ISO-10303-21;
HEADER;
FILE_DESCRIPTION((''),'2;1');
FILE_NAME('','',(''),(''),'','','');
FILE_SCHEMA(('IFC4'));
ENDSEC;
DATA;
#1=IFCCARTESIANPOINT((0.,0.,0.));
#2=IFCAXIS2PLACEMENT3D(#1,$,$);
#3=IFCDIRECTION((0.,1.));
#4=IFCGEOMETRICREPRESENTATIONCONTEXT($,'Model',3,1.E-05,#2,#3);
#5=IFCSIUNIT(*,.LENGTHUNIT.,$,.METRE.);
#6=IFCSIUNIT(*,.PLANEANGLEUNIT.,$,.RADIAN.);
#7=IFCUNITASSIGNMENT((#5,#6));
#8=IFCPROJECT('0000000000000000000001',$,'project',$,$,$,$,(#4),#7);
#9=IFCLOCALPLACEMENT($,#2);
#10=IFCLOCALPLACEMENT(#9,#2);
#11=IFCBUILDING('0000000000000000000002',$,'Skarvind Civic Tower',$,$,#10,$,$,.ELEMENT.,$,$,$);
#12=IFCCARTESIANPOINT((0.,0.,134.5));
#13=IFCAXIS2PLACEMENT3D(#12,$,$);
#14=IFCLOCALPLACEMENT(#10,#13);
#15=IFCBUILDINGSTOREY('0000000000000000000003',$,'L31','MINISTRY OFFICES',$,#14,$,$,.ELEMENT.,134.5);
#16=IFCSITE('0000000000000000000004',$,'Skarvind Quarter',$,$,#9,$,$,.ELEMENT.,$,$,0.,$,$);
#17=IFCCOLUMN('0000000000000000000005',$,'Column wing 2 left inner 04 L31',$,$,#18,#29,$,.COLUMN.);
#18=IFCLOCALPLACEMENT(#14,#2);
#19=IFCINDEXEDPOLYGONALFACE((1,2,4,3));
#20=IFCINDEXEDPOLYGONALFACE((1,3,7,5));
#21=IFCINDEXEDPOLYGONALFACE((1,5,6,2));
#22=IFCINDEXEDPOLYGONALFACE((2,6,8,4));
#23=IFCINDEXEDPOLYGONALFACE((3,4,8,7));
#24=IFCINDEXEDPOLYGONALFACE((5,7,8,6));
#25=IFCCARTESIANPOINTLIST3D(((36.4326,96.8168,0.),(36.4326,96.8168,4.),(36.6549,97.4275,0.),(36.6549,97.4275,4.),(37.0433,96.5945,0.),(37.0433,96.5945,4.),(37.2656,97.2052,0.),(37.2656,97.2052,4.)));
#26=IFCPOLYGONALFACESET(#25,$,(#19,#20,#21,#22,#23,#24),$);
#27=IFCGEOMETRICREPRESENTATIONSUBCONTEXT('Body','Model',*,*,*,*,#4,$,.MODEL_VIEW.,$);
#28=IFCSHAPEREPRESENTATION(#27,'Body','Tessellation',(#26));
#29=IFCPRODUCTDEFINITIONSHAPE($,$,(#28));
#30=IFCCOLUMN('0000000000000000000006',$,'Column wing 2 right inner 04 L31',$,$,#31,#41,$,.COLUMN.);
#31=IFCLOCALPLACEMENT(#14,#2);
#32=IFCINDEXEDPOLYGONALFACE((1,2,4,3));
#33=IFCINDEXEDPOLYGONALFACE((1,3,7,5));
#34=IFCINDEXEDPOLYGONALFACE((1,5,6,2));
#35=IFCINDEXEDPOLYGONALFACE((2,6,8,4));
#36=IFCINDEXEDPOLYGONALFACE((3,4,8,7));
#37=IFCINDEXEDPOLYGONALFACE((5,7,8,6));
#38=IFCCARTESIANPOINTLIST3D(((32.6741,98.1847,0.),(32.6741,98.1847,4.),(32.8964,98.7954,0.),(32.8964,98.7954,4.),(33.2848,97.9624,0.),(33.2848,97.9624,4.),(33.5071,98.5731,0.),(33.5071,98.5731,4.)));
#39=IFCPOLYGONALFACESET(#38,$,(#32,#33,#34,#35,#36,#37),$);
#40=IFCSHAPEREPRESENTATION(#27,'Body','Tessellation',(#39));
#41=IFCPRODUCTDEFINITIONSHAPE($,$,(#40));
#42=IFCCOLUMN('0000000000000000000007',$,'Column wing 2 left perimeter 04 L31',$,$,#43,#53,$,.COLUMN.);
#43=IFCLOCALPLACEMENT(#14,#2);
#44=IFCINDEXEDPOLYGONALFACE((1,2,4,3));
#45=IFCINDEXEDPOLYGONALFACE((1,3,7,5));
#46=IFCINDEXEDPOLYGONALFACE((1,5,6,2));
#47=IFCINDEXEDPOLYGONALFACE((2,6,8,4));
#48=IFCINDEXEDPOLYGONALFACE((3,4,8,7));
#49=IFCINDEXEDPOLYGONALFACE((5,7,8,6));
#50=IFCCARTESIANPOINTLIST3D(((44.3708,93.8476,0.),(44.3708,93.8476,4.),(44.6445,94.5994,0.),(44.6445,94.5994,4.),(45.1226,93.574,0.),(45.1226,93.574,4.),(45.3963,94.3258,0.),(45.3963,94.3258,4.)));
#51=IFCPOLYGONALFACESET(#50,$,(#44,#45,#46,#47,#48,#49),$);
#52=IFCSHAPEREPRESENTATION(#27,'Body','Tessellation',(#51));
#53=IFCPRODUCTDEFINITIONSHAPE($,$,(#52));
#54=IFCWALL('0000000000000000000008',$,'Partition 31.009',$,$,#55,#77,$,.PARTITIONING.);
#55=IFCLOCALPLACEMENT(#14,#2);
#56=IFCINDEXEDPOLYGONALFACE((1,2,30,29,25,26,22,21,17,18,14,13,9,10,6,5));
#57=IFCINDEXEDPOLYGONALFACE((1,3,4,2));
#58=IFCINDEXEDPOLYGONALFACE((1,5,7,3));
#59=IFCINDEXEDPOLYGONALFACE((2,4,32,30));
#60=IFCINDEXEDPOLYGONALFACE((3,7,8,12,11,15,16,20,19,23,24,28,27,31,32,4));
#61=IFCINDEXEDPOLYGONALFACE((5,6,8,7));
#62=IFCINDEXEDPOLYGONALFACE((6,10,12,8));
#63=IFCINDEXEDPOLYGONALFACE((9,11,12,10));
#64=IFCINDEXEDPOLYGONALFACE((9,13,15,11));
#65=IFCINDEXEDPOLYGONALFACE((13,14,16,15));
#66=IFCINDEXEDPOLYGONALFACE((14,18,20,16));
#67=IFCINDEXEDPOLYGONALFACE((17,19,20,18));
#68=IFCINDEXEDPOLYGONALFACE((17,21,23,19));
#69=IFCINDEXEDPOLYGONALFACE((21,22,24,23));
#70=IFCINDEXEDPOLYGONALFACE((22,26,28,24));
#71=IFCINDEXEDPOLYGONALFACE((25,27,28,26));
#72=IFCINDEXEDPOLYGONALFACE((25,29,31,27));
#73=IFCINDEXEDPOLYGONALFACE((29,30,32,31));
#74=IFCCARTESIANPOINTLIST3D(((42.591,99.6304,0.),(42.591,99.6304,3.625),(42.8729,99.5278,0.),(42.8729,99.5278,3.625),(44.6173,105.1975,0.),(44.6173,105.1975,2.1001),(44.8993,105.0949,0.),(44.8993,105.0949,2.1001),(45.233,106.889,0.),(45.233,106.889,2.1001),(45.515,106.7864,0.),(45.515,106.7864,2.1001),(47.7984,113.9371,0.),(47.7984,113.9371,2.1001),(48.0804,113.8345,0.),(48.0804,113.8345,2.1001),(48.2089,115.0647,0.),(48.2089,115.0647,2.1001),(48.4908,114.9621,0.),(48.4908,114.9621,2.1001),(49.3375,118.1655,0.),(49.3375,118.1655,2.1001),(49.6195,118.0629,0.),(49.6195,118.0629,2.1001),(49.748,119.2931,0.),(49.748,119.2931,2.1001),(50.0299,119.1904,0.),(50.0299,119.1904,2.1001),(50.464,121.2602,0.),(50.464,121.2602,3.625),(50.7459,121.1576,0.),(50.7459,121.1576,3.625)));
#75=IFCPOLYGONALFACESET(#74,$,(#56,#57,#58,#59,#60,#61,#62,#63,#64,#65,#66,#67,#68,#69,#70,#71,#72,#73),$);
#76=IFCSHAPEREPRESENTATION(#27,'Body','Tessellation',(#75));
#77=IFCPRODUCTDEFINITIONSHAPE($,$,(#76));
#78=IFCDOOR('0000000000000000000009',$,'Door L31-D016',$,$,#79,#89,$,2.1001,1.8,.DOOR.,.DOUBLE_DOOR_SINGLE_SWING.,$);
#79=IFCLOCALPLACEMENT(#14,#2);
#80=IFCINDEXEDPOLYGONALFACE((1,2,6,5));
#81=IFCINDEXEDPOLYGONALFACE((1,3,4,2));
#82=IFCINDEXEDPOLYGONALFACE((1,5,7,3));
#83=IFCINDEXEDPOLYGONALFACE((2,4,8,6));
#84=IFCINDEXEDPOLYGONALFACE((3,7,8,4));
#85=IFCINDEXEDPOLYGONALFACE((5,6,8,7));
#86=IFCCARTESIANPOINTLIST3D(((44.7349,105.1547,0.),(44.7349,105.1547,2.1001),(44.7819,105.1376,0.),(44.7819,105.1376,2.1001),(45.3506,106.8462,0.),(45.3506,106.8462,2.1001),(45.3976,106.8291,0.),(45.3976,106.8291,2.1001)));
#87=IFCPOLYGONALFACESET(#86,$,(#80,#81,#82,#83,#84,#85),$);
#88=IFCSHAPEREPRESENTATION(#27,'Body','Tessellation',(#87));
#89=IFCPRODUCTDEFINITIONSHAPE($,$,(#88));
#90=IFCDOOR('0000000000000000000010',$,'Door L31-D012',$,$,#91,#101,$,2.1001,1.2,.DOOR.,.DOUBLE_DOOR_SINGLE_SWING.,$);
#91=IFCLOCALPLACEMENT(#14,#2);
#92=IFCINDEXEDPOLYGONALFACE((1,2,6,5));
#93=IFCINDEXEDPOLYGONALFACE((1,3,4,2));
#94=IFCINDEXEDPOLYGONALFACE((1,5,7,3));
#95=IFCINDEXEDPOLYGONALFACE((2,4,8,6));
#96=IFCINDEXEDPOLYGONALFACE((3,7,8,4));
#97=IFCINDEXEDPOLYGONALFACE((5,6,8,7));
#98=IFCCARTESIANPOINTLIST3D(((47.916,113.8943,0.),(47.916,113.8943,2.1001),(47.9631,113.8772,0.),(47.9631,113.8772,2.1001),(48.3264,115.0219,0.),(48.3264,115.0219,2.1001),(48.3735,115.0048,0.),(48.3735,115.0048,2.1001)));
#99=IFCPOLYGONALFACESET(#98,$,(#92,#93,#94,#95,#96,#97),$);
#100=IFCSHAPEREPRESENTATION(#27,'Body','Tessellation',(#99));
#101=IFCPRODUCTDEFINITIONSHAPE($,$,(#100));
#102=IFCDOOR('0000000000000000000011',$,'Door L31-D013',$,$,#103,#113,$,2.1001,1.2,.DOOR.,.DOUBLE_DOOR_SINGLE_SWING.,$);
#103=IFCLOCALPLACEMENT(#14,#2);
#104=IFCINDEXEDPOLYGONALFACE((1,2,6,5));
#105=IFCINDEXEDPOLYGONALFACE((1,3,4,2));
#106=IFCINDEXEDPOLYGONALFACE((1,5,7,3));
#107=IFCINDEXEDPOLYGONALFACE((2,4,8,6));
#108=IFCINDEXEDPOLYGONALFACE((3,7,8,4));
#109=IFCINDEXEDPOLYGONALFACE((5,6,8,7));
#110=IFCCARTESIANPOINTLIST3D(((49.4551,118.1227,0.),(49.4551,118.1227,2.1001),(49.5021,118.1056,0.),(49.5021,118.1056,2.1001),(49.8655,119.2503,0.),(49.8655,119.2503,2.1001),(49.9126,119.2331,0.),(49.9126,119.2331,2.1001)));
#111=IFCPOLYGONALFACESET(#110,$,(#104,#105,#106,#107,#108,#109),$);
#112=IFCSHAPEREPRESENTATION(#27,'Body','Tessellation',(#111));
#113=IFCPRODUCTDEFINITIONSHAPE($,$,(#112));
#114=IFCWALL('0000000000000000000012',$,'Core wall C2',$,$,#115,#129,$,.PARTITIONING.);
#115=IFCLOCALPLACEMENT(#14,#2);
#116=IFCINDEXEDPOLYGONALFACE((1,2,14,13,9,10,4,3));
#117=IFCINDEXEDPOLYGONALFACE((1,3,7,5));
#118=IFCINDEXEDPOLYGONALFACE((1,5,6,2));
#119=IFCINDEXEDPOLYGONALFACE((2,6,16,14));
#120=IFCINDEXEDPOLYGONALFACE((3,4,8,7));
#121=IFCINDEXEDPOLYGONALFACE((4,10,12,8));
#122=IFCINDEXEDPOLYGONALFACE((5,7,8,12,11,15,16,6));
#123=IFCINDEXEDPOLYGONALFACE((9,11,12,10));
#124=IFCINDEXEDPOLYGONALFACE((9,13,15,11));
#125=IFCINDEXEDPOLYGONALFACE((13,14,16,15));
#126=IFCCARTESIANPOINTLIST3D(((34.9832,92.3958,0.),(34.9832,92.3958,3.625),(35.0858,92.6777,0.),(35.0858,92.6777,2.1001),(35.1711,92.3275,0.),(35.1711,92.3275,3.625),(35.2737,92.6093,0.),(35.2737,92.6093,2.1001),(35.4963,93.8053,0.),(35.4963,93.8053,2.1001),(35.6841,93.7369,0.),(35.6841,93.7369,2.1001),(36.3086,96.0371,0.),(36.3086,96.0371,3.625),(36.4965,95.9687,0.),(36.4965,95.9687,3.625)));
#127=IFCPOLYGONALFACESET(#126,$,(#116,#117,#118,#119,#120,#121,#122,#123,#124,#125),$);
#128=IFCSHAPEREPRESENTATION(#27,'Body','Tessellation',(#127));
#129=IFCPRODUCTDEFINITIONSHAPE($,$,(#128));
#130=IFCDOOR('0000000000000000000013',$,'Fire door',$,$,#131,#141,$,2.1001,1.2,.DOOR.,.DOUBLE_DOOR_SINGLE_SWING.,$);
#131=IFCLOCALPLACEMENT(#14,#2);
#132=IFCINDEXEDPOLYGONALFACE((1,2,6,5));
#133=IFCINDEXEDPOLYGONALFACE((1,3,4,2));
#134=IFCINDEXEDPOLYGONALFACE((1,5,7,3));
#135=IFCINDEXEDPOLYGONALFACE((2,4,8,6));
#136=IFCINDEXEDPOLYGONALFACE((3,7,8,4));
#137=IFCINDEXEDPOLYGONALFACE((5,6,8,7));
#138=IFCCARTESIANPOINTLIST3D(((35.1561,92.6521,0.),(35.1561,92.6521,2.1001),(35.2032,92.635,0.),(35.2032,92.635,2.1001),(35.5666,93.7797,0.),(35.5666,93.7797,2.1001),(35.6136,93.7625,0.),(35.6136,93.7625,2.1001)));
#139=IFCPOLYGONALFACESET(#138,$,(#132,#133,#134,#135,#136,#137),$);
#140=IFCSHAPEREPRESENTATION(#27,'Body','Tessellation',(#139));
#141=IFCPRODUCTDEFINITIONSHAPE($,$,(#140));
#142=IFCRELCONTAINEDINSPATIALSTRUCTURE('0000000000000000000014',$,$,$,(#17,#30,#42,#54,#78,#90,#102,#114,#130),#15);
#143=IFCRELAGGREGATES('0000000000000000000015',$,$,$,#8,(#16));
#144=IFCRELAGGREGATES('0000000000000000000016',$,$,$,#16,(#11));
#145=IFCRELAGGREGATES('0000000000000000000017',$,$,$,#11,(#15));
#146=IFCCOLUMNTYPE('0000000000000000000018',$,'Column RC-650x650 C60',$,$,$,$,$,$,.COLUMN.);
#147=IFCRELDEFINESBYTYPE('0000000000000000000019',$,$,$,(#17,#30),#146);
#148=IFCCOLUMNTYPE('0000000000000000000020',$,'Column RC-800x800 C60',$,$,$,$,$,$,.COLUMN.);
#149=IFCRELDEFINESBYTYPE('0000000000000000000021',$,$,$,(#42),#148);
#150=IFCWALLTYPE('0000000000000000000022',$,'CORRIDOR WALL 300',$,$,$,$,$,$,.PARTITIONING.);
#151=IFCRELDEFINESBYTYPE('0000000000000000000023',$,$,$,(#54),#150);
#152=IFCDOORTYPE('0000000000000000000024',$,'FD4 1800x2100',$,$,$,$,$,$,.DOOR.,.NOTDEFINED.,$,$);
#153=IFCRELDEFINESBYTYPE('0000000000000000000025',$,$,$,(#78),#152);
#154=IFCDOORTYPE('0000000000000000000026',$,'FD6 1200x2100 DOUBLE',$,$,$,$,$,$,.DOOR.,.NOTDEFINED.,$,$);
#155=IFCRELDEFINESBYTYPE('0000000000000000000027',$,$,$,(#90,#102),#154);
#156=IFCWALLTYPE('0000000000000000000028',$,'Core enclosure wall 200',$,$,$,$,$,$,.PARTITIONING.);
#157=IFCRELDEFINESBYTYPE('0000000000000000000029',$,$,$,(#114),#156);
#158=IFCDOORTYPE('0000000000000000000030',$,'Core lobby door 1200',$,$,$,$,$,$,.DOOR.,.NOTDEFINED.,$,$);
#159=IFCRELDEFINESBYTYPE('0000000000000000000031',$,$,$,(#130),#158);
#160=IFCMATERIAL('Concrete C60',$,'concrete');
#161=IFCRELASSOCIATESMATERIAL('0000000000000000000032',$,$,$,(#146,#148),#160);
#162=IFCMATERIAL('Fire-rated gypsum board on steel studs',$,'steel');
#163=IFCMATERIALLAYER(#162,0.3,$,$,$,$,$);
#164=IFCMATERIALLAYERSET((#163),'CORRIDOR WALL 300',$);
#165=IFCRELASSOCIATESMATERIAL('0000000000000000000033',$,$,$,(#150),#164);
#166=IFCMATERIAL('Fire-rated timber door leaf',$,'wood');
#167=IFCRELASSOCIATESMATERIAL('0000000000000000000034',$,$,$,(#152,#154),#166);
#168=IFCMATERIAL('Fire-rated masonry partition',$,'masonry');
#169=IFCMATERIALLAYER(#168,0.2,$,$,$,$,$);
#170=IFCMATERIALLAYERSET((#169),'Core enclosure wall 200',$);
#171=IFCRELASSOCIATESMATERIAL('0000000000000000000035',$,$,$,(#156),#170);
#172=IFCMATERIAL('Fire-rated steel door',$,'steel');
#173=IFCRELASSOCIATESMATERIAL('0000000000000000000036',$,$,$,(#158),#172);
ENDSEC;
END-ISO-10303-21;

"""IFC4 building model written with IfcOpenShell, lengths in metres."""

from ifc_helpers import new_model, si_unit, direction, frame, frame_2d, origin, origin_2d, place, context, subcontext, project, spatial, rectangle, extrude, material, layer, layer_set, material_profile, profile_set, type_object, element, fill, save


model = new_model("IFC4")

# Units and contexts
model_context = context("Model", 3, precision=1e-05, world=origin(), true_north=direction((0.0, 1.0)))
body_context = subcontext(model_context, "Body", "Model", "MODEL_VIEW")
ifc_project = project(units=[si_unit("LENGTHUNIT", "METRE"), si_unit("PLANEANGLEUNIT", "RADIAN")], contexts=[model_context])

# Site, building, storey
site_placement = place(None, origin())
site = spatial("IfcSite", under=ifc_project, at=site_placement, Name="Skarvind Quarter", CompositionType="ELEMENT", RefElevation=0.0)
building_placement = place(site_placement, origin())
building = spatial("IfcBuilding", under=site, at=building_placement, Name="Skarvind Civic Tower", CompositionType="ELEMENT")
storey_placement = place(building_placement, frame((0.0, 0.0, 134.5)))
storey = spatial("IfcBuildingStorey", under=building, at=storey_placement, Name="L31", Description="MINISTRY OFFICES", CompositionType="ELEMENT", Elevation=134.5)

# Columns
ifc_material_1 = material(Name="Concrete C60", Category="concrete")
ifc_material_profile_1 = material_profile(ifc_material_1, rectangle(XDim=0.6499, YDim=0.6499, at=origin_2d()), Name="RC-650x650")
ifc_profile_set_1 = profile_set([ifc_material_profile_1], Name="Concrete C60")
column_type_1 = type_object("IfcColumnType", Name="Column RC-650x650 C60", PredefinedType="COLUMN", material=ifc_profile_set_1)
for number, where, z_axis, x_axis, name in (
    (1, (36.8491, 97.011, 0.0), (0.0, 0.0, 1.0), (-0.34202, -0.939693, 0.0), "Column wing 2 left inner 04 L31"),
    (2, (33.0906, 98.3789, 0.0), (0.0, 0.0, 1.0), (-0.34202, -0.939693, 0.0), "Column wing 2 right inner 04 L31"),
):
    element("IfcColumn", number, at=place(storey_placement, frame(where, z_axis=z_axis, x_axis=x_axis)), inside=storey, type_object=column_type_1, Name=name, PredefinedType="COLUMN", context=body_context, shape_type="SweptSolid", body=[
        extrude(rectangle(XDim=0.6499, YDim=0.6499, at=origin_2d()), origin(), (0.0, 0.0, 1.0), 4.0),
    ])
ifc_material_profile_2 = material_profile(ifc_material_1, rectangle(XDim=0.8, YDim=0.8, at=origin_2d()), Name="RC-800x800")
ifc_profile_set_2 = profile_set([ifc_material_profile_2], Name="Concrete C60")
column_type_2 = type_object("IfcColumnType", Name="Column RC-800x800 C60", PredefinedType="COLUMN", material=ifc_profile_set_2)
column_placement = place(storey_placement, frame((44.8835, 94.0867, 0.0), z_axis=(0.0, 0.0, 1.0), x_axis=(-0.34202, -0.939693, 0.0)))
element("IfcColumn", 3, at=column_placement, inside=storey, type_object=column_type_2, Name="Column wing 2 left perimeter 04 L31", PredefinedType="COLUMN", context=body_context, shape_type="SweptSolid", body=[
    extrude(rectangle(XDim=0.8, YDim=0.8, at=origin_2d()), origin(), (0.0, 0.0, 1.0), 4.0),
])

# Wall, openings, doors
ifc_material_2 = material(Name="Fire-rated gypsum board on steel studs", Category="steel")
ifc_layer_1 = layer(ifc_material_2, 0.3)
ifc_layer_set_1 = layer_set([ifc_layer_1], Name="CORRIDOR WALL 300")
wall_type_1 = type_object("IfcWallType", Name="CORRIDOR WALL 300", PredefinedType="PARTITIONING", material=ifc_layer_set_1)
wall_1_placement = place(storey_placement, frame((42.7319, 99.5791, 0.0), z_axis=(0.0, 0.0, 1.0), x_axis=(0.342036, 0.939687, 0.0)))
wall_1 = element("IfcWall", 4, at=wall_1_placement, inside=storey, type_object=wall_type_1, Name="Partition 31.009", PredefinedType="PARTITIONING", context=body_context, shape_type="SweptSolid", body=[
    extrude(rectangle(XDim=23.0181, YDim=0.3, at=frame_2d((11.509, 0.0))), origin(), (0.0, 0.0, 1.0), 3.625),
])
opening_1_placement = place(wall_1_placement, frame((15.2249, 0.0, 0.0)))
opening_1 = element("IfcOpeningElement", 5, at=opening_1_placement, cuts=wall_1, PredefinedType="OPENING", context=body_context, shape_type="SweptSolid", body=[
    extrude(rectangle(XDim=1.2, YDim=2.1001, at=frame_2d((0.6001, 1.05))), frame((0.0, 0.1599, 0.0), z_axis=(0.0, -1.0, 0.0), x_axis=(1.0, 0.0, 0.0)), (0.0, 0.0, 1.0), 0.3201),
])
opening_2_placement = place(wall_1_placement, frame((19.7246, 0.0, 0.0)))
opening_2 = element("IfcOpeningElement", 6, at=opening_2_placement, cuts=wall_1, PredefinedType="OPENING", context=body_context, shape_type="SweptSolid", body=[
    extrude(rectangle(XDim=1.2, YDim=2.1001, at=frame_2d((0.6001, 1.05))), frame((0.0, 0.1599, 0.0), z_axis=(0.0, -1.0, 0.0), x_axis=(1.0, 0.0, 0.0)), (0.0, 0.0, 1.0), 0.3201),
])
opening_3_placement = place(wall_1_placement, frame((5.9246, 0.0, 0.0)))
opening_3 = element("IfcOpeningElement", 7, at=opening_3_placement, cuts=wall_1, PredefinedType="OPENING", context=body_context, shape_type="SweptSolid", body=[
    extrude(rectangle(XDim=1.8, YDim=2.1001, at=frame_2d((0.8999, 1.05))), frame((0.0, 0.1599, 0.0), z_axis=(0.0, -1.0, 0.0), x_axis=(1.0, 0.0, 0.0)), (0.0, 0.0, 1.0), 0.3201),
])
ifc_material_3 = material(Name="Fire-rated timber door leaf", Category="wood")
door_type_1 = type_object("IfcDoorType", Name="FD4 1800x2100", OperationType="NOTDEFINED", PredefinedType="DOOR", material=ifc_material_3)
door_1_placement = place(opening_3_placement, origin())
door_1 = element("IfcDoor", 8, at=door_1_placement, inside=storey, type_object=door_type_1, Name="Door L31-D016", OperationType="DOUBLE_DOOR_SINGLE_SWING", OverallHeight=2.1001, OverallWidth=1.8, PredefinedType="DOOR", context=body_context, shape_type="SweptSolid", body=[
    extrude(rectangle(XDim=1.8, YDim=2.1001, at=frame_2d((0.8999, 1.05))), frame((0.0, 0.0249, 0.0), z_axis=(0.0, -1.0, 0.0), x_axis=(1.0, 0.0, 0.0)), (0.0, 0.0, 1.0), 0.05),
])
fill(opening_3, door_1)
door_type_2 = type_object("IfcDoorType", Name="FD6 1200x2100 DOUBLE", OperationType="NOTDEFINED", PredefinedType="DOOR", material=ifc_material_3)
door_2_placement = place(opening_1_placement, origin())
door_2 = element("IfcDoor", 9, at=door_2_placement, inside=storey, type_object=door_type_2, Name="Door L31-D012", OperationType="DOUBLE_DOOR_SINGLE_SWING", OverallHeight=2.1001, OverallWidth=1.2, PredefinedType="DOOR", context=body_context, shape_type="SweptSolid", body=[
    extrude(rectangle(XDim=1.2, YDim=2.1001, at=frame_2d((0.6001, 1.05))), frame((0.0, 0.0249, 0.0), z_axis=(0.0, -1.0, 0.0), x_axis=(1.0, 0.0, 0.0)), (0.0, 0.0, 1.0), 0.05),
])
fill(opening_1, door_2)
door_3_placement = place(opening_2_placement, origin())
door_3 = element("IfcDoor", 10, at=door_3_placement, inside=storey, type_object=door_type_2, Name="Door L31-D013", OperationType="DOUBLE_DOOR_SINGLE_SWING", OverallHeight=2.1001, OverallWidth=1.2, PredefinedType="DOOR", context=body_context, shape_type="SweptSolid", body=[
    extrude(rectangle(XDim=1.2, YDim=2.1001, at=frame_2d((0.6001, 1.05))), frame((0.0, 0.0249, 0.0), z_axis=(0.0, -1.0, 0.0), x_axis=(1.0, 0.0, 0.0)), (0.0, 0.0, 1.0), 0.05),
])
fill(opening_2, door_3)

# Wall, opening, door
ifc_material_4 = material(Name="Fire-rated masonry partition", Category="masonry")
ifc_layer_2 = layer(ifc_material_4, 0.2)
ifc_layer_set_2 = layer_set([ifc_layer_2], Name="Core enclosure wall 200")
wall_type_2 = type_object("IfcWallType", Name="Core enclosure wall 200", PredefinedType="PARTITIONING", material=ifc_layer_set_2)
wall_2_placement = place(storey_placement, frame((36.4026, 96.0029, 0.0), z_axis=(0.0, 0.0, 1.0), x_axis=(-0.342042, -0.939685, 0.0)))
wall_2 = element("IfcWall", 11, at=wall_2_placement, inside=storey, type_object=wall_type_2, Name="Core wall C2", PredefinedType="PARTITIONING", context=body_context, shape_type="SweptSolid", body=[
    extrude(rectangle(XDim=3.875, YDim=0.2, at=frame_2d((1.9375, 0.0))), origin(), (0.0, 0.0, 1.0), 3.625),
])
opening_4_placement = place(wall_2_placement, frame((2.375, 0.0, 0.0)))
opening_4 = element("IfcOpeningElement", 12, at=opening_4_placement, cuts=wall_2, PredefinedType="OPENING", context=body_context, shape_type="SweptSolid", body=[
    extrude(rectangle(XDim=1.2, YDim=2.1001, at=frame_2d((0.6001, 1.05))), frame((0.0, 0.1099, 0.0), z_axis=(0.0, -1.0, 0.0), x_axis=(1.0, 0.0, 0.0)), (0.0, 0.0, 1.0), 0.22),
])
ifc_material_5 = material(Name="Fire-rated steel door", Category="steel")
door_type_3 = type_object("IfcDoorType", Name="Core lobby door 1200", OperationType="NOTDEFINED", PredefinedType="DOOR", material=ifc_material_5)
door_4_placement = place(opening_4_placement, origin())
door_4 = element("IfcDoor", 13, at=door_4_placement, inside=storey, type_object=door_type_3, Name="Fire door", OperationType="DOUBLE_DOOR_SINGLE_SWING", OverallHeight=2.1001, OverallWidth=1.2, PredefinedType="DOOR", context=body_context, shape_type="SweptSolid", body=[
    extrude(rectangle(XDim=1.2, YDim=2.1001, at=frame_2d((0.6001, 1.05))), frame((0.0, 0.0249, 0.0), z_axis=(0.0, -1.0, 0.0), x_axis=(1.0, 0.0, 0.0)), (0.0, 0.0, 1.0), 0.05),
])
fill(opening_4, door_4)

save(model, "model.ifc")
